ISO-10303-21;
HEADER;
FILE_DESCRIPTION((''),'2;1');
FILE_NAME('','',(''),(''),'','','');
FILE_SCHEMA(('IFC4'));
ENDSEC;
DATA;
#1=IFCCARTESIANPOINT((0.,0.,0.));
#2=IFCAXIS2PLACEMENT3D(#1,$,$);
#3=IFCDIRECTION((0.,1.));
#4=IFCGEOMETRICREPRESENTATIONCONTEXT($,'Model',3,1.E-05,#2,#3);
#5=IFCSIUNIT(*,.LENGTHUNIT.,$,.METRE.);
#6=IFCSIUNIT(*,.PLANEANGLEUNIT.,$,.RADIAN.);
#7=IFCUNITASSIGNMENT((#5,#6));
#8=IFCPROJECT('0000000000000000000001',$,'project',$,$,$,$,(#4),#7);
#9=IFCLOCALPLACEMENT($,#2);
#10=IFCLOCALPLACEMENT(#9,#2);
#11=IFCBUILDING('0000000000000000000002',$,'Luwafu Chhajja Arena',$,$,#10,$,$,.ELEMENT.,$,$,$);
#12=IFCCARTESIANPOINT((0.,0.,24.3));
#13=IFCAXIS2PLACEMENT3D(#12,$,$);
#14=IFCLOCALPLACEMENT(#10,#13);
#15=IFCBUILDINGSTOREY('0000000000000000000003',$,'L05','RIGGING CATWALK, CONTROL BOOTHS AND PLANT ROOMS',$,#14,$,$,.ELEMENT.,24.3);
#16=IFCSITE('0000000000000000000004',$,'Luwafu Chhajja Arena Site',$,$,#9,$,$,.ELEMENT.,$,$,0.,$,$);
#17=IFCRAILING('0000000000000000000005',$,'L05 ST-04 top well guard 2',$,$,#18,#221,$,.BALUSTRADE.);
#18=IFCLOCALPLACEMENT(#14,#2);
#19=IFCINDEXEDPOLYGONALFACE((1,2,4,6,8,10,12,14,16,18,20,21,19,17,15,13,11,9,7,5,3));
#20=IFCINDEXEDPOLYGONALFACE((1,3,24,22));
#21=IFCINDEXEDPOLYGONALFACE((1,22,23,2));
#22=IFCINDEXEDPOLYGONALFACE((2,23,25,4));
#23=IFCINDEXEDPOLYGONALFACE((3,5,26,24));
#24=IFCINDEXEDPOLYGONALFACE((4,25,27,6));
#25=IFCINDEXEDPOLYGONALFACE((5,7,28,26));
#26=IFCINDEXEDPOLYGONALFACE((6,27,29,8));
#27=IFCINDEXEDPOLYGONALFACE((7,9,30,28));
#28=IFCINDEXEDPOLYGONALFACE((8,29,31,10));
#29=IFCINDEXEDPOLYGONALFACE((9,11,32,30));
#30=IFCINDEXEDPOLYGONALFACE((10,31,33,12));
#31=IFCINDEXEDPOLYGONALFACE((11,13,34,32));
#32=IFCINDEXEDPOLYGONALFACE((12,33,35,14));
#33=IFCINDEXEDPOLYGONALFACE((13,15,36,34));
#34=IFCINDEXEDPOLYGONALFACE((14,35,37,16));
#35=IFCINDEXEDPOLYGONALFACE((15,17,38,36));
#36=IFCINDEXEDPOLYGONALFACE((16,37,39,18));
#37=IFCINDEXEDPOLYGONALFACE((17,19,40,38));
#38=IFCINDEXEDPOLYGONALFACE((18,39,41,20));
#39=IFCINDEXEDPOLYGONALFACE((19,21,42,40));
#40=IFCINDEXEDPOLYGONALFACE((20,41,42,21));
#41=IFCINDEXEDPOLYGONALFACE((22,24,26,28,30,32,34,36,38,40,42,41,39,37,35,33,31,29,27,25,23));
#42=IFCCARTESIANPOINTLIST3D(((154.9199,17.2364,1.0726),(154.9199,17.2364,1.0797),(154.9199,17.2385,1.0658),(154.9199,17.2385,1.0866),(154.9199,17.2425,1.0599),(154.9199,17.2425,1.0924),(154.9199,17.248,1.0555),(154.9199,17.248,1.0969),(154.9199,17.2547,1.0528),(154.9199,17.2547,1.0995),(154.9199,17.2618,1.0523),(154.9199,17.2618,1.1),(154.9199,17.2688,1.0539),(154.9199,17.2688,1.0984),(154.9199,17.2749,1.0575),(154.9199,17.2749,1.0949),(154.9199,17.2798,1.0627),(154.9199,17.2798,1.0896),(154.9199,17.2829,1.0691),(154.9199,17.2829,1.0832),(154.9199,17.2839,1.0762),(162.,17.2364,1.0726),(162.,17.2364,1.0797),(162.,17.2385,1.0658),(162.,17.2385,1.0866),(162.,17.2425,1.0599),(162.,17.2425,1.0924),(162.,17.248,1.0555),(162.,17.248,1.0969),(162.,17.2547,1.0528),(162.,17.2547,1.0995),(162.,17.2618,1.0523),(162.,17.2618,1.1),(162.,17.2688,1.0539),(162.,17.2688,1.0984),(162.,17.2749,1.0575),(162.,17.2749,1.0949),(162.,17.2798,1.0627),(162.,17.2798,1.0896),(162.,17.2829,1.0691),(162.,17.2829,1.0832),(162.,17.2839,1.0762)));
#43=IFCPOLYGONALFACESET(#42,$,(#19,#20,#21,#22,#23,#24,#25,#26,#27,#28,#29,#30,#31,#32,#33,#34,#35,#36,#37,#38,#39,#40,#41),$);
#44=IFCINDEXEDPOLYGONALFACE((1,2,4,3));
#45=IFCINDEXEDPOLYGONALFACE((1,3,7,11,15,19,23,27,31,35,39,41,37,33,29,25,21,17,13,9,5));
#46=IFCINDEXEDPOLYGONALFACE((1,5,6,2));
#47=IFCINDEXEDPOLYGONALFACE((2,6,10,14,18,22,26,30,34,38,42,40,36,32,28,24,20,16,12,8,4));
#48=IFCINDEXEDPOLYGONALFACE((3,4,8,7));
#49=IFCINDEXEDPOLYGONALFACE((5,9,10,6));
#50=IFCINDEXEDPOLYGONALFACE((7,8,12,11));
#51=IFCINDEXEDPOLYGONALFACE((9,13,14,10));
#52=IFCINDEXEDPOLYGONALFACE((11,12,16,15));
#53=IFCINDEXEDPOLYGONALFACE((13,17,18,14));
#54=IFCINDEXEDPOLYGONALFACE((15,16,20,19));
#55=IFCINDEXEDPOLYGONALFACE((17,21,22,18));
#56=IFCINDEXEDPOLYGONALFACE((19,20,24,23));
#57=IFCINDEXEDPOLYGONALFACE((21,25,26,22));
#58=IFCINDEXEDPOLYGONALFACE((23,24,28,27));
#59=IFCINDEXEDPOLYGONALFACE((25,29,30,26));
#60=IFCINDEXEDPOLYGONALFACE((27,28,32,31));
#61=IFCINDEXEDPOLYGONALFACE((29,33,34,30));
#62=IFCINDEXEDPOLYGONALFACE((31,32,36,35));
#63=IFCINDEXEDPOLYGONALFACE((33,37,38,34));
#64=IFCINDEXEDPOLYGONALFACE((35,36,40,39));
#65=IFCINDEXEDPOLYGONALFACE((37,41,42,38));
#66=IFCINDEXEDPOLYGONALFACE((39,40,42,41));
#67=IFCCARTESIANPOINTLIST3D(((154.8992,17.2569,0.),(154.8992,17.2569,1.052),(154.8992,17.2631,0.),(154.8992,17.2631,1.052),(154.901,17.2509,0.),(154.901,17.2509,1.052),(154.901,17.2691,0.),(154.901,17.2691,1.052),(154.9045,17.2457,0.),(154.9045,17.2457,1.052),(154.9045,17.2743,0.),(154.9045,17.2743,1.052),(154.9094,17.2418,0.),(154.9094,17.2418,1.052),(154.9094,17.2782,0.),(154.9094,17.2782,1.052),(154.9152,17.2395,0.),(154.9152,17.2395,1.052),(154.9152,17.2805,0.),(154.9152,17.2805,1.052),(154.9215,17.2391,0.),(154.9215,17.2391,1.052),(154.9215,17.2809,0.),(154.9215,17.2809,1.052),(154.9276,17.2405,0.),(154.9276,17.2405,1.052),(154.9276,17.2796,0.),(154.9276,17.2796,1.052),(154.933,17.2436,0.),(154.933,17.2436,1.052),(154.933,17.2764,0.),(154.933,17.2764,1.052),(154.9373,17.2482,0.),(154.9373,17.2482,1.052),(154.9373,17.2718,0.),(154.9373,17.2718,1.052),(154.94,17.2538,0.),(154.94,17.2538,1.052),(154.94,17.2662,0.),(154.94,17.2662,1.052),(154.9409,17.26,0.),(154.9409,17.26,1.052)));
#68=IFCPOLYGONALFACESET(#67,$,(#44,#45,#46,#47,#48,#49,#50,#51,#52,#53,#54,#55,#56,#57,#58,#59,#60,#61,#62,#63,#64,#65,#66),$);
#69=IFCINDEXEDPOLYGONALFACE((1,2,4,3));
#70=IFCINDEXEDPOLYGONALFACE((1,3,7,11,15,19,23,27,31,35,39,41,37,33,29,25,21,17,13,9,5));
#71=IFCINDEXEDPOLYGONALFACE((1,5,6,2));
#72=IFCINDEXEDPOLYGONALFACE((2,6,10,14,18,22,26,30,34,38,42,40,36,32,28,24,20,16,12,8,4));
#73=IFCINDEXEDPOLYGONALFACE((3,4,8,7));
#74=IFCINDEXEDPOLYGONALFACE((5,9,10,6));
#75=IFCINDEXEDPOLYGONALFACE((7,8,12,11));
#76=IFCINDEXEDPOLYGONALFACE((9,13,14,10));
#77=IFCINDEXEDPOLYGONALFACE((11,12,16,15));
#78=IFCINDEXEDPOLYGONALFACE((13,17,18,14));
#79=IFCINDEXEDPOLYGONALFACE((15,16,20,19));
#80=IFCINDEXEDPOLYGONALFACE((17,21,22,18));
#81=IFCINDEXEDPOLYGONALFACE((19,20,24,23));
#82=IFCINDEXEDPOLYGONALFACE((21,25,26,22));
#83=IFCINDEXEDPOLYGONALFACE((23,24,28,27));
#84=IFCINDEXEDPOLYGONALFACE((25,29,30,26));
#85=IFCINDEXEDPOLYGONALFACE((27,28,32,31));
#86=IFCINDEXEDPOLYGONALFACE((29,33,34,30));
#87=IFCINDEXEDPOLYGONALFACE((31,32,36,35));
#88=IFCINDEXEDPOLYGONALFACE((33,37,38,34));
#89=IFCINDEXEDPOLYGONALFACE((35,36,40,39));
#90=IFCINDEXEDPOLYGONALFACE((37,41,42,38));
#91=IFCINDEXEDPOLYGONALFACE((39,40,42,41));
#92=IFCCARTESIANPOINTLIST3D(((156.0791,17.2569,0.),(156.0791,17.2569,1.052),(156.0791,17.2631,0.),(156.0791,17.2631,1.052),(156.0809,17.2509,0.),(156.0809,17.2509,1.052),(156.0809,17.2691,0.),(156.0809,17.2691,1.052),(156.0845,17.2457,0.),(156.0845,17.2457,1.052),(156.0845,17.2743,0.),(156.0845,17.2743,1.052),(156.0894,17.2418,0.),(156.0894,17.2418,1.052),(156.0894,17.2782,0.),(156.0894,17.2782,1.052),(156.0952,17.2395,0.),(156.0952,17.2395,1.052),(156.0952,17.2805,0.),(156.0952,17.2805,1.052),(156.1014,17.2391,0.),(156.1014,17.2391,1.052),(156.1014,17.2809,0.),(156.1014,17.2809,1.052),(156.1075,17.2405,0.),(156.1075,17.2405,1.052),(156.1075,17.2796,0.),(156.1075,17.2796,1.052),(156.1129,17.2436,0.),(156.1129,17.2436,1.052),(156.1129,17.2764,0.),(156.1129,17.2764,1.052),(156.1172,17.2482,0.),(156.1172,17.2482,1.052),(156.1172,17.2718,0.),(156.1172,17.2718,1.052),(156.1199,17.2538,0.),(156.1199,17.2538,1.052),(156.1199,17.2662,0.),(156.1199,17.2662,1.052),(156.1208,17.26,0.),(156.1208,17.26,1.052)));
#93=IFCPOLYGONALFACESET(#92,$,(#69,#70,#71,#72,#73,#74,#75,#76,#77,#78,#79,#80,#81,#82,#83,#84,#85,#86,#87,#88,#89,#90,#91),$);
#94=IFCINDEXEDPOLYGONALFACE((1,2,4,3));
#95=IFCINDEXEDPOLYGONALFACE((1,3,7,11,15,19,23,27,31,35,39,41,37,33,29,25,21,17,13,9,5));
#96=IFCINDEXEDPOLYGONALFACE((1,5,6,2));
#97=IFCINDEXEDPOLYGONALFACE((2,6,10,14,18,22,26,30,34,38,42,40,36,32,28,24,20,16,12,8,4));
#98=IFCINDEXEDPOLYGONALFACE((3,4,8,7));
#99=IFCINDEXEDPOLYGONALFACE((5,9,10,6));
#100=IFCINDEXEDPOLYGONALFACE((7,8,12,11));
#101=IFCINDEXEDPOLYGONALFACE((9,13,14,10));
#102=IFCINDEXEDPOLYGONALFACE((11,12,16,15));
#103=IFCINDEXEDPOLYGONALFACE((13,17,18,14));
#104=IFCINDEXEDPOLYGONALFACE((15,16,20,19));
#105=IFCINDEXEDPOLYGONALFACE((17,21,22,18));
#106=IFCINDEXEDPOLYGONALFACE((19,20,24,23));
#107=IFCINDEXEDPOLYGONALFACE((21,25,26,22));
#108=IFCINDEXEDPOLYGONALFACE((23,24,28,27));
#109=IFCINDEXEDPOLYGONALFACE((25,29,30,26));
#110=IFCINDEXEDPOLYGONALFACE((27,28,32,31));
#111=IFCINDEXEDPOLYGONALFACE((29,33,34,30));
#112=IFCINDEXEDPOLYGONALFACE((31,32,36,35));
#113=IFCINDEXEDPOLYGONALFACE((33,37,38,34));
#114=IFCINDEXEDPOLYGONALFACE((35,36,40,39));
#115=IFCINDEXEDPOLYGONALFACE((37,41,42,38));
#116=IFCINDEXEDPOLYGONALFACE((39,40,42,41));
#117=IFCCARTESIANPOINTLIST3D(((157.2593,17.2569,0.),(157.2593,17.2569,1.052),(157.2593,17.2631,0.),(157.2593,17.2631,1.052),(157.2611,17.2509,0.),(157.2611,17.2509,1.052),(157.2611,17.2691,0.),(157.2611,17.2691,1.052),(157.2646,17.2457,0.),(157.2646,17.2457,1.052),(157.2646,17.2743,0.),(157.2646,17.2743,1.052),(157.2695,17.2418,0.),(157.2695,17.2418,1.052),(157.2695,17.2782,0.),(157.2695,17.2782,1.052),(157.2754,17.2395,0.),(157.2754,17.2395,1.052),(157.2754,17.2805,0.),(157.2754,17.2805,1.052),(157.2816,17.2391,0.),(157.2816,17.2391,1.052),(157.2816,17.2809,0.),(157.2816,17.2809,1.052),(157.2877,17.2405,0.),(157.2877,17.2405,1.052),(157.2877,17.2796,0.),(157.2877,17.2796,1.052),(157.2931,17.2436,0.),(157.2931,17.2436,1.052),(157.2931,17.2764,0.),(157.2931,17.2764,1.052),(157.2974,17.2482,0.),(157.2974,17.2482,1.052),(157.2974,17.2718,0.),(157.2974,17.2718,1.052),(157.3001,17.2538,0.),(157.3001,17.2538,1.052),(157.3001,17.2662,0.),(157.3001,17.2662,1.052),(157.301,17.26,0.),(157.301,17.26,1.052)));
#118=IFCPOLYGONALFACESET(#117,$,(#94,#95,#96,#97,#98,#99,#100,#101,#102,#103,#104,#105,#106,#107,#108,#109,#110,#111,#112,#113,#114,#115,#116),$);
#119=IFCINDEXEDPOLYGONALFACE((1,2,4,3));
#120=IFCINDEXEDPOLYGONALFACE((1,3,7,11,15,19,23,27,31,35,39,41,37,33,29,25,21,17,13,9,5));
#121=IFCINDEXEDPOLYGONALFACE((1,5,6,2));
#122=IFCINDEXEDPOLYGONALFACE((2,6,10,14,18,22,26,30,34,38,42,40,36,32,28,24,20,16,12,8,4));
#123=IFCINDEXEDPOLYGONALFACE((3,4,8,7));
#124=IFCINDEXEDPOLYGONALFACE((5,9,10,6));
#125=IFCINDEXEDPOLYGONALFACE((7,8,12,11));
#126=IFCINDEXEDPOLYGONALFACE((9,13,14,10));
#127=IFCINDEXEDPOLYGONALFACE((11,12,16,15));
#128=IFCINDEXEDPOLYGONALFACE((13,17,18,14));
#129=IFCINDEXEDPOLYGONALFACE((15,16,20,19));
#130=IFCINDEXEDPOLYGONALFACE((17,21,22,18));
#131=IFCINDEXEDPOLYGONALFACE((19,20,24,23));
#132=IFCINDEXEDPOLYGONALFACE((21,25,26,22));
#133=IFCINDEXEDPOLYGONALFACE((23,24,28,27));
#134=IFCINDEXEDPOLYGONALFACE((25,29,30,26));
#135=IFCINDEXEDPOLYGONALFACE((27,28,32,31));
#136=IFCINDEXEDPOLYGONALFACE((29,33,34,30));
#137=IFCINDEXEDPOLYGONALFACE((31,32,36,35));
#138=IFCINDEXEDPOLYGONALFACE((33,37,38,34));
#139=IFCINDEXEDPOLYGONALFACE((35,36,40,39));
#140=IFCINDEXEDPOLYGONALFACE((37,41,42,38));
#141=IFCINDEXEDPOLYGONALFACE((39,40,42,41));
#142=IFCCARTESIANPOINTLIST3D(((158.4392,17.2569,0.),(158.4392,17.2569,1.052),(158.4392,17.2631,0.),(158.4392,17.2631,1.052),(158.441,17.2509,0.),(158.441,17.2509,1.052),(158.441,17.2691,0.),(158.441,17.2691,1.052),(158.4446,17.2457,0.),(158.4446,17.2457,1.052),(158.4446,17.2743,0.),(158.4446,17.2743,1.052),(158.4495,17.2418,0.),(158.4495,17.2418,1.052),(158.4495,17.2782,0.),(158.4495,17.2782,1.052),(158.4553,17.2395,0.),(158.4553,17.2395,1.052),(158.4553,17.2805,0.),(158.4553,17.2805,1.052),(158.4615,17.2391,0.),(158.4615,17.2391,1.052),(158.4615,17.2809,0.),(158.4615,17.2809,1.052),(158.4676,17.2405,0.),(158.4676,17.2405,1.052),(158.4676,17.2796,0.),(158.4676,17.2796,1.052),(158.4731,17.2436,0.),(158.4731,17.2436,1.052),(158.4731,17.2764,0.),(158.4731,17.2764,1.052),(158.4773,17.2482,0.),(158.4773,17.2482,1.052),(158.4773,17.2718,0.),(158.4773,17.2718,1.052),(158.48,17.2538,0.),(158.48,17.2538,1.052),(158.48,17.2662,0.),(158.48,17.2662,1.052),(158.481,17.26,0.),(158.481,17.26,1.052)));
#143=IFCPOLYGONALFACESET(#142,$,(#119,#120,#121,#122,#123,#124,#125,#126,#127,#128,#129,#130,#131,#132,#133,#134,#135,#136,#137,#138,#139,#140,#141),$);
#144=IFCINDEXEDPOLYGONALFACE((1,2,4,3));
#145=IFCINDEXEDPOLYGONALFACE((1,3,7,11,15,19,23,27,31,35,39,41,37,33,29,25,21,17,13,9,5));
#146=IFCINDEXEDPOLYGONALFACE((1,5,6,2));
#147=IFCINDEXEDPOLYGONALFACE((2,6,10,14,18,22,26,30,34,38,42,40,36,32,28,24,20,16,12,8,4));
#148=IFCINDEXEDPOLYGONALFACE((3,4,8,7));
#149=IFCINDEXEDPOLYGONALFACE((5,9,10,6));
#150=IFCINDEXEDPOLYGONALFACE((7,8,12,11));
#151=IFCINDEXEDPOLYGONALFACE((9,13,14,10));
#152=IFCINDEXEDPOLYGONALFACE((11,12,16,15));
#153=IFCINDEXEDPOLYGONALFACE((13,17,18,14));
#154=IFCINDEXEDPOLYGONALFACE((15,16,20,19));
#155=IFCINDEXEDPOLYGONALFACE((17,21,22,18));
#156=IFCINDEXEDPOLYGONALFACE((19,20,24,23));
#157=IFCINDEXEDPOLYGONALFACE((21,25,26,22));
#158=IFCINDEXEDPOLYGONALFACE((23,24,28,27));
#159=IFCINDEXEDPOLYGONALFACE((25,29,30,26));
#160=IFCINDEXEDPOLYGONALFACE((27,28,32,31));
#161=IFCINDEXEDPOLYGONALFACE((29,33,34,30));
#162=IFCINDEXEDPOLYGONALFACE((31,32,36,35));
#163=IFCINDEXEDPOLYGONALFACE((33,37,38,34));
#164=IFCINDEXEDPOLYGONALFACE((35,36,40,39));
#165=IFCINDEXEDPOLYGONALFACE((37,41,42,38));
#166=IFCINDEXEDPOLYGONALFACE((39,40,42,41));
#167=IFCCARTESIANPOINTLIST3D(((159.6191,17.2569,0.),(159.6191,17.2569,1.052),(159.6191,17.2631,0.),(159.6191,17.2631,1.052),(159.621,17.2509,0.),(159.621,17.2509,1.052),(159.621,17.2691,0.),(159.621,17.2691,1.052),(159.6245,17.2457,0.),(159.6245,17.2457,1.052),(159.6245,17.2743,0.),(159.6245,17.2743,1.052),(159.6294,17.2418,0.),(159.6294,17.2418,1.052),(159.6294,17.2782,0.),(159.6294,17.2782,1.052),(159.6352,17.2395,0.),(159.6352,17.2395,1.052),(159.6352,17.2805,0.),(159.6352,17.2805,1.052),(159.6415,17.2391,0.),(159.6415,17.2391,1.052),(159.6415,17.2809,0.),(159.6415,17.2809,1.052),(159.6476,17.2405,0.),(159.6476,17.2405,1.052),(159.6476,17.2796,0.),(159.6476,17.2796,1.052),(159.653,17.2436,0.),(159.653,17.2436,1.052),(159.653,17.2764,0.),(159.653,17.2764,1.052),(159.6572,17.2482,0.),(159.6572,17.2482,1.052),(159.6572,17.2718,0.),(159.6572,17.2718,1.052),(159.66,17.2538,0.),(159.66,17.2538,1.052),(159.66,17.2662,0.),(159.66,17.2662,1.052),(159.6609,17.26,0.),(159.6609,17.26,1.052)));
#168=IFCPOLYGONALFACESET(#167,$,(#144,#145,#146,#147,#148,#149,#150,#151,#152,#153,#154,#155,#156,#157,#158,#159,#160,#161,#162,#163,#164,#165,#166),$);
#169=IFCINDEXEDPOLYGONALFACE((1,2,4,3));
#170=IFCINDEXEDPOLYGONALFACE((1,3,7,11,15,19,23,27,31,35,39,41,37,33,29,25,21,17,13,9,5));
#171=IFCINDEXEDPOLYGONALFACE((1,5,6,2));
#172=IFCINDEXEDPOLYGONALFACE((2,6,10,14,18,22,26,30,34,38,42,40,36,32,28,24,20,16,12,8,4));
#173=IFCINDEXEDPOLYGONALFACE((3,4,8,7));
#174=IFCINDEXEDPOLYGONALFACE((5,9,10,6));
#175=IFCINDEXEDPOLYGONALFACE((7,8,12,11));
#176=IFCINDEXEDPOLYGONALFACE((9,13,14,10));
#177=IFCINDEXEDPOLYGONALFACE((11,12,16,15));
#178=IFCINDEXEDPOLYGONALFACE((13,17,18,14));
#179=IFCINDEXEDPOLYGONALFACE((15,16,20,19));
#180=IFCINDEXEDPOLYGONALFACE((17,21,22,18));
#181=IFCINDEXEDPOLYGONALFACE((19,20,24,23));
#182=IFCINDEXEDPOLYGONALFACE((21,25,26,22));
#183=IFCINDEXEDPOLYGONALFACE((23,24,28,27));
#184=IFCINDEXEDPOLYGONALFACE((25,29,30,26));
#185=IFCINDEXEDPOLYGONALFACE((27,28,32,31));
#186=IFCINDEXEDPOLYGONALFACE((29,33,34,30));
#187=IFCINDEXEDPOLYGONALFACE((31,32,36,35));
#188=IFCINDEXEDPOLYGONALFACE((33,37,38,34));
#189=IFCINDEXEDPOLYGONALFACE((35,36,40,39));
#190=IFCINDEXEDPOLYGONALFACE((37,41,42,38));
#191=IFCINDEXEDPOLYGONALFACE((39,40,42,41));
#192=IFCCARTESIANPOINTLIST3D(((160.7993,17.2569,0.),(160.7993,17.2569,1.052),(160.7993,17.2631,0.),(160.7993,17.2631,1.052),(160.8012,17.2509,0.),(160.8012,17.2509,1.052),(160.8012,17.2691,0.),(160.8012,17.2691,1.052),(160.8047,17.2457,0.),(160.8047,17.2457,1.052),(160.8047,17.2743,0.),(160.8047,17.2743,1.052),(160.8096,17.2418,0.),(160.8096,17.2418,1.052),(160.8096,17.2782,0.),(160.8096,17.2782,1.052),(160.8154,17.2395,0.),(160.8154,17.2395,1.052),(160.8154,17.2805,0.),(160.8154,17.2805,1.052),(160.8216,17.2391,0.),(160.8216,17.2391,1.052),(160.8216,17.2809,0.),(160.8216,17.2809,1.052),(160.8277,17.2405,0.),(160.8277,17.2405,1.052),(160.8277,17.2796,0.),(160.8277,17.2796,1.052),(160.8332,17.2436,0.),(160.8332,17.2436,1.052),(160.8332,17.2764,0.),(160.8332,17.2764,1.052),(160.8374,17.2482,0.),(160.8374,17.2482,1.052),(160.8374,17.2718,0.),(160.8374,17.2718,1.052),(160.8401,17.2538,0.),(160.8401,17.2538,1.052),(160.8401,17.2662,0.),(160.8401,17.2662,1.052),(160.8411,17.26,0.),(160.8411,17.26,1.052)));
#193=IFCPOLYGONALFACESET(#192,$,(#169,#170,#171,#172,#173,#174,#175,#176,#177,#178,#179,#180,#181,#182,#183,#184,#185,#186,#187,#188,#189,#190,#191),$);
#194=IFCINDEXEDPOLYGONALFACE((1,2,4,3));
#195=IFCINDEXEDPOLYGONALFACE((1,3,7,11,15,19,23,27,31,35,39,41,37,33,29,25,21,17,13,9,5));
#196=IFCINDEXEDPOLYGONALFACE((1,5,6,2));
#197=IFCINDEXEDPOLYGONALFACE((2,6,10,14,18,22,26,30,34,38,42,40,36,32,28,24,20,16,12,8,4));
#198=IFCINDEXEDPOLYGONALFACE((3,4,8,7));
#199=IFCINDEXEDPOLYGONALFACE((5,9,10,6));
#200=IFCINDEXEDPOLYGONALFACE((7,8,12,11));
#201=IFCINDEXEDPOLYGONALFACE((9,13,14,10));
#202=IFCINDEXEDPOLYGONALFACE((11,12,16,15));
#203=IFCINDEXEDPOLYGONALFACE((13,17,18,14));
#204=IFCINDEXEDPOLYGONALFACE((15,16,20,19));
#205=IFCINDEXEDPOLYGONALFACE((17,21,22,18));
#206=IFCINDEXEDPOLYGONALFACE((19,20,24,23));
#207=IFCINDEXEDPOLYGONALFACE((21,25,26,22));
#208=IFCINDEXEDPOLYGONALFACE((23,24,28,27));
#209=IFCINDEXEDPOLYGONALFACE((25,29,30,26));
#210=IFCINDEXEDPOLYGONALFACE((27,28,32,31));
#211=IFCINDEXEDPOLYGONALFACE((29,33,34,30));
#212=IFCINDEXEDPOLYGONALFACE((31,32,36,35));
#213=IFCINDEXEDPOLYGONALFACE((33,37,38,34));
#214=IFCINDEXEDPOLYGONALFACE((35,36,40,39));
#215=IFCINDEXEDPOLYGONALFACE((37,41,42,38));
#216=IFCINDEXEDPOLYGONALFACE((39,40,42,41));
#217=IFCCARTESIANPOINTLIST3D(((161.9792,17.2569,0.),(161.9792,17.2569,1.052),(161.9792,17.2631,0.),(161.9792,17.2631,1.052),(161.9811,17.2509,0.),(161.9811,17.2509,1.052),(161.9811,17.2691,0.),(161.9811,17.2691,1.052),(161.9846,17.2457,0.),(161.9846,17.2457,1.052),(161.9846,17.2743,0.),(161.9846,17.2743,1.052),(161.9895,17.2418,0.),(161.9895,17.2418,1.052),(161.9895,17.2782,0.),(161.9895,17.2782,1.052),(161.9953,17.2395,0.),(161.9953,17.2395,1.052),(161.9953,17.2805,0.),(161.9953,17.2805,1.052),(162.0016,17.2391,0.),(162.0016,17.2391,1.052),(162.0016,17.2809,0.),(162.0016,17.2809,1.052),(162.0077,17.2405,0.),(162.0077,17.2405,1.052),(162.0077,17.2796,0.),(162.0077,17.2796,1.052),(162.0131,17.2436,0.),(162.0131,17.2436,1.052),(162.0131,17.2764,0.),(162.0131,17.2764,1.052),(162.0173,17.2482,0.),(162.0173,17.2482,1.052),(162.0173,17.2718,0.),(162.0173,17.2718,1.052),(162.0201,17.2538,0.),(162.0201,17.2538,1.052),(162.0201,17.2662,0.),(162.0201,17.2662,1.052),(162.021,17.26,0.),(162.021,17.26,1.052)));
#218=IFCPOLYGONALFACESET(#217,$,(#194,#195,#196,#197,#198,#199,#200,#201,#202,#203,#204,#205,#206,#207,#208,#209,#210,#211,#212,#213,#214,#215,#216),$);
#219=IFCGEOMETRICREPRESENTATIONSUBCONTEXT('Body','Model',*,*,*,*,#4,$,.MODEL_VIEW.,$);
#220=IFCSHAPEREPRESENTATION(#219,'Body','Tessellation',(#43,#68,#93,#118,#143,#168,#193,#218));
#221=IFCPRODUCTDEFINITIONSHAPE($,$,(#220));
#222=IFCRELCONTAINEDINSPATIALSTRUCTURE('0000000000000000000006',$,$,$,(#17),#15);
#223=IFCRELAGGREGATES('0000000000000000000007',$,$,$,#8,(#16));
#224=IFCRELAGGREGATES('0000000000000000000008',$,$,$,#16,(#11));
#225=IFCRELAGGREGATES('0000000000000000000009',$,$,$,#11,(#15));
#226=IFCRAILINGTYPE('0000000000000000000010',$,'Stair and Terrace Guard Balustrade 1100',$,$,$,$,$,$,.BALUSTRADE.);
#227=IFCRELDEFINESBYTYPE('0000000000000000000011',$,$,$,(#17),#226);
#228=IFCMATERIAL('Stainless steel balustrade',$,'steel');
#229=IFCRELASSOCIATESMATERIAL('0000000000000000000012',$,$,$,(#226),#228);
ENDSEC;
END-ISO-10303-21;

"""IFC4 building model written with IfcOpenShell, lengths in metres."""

from ifc_helpers import new_model, si_unit, direction, frame, origin, origin_2d, place, context, subcontext, project, spatial, circle, extrude, material, type_object, element, save


model = new_model("IFC4")

# Units and contexts
model_context = context("Model", 3, precision=1e-05, world=origin(), true_north=direction((0.0, 1.0)))
body_context = subcontext(model_context, "Body", "Model", "MODEL_VIEW")
ifc_project = project(units=[si_unit("LENGTHUNIT", "METRE"), si_unit("PLANEANGLEUNIT", "RADIAN")], contexts=[model_context])

# Site, building, storey
site_placement = place(None, origin())
site = spatial("IfcSite", under=ifc_project, at=site_placement, Name="Luwafu Chhajja Arena Site", CompositionType="ELEMENT", RefElevation=0.0)
building_placement = place(site_placement, origin())
building = spatial("IfcBuilding", under=site, at=building_placement, Name="Luwafu Chhajja Arena", CompositionType="ELEMENT")
storey_placement = place(building_placement, frame((0.0, 0.0, 24.3)))
storey = spatial("IfcBuildingStorey", under=building, at=storey_placement, Name="L05", Description="RIGGING CATWALK, CONTROL BOOTHS AND PLANT ROOMS", CompositionType="ELEMENT", Elevation=24.3)

# Railing
ifc_material_1 = material(Name="Stainless steel balustrade", Category="steel")
railing_type = type_object("IfcRailingType", Name="Stair and Terrace Guard Balustrade 1100", PredefinedType="BALUSTRADE", material=ifc_material_1)
railing_1_placement = place(storey_placement, frame((154.9199, 17.26, 0.0)))
element("IfcRailing", 1, at=railing_1_placement, inside=storey, type_object=railing_type, Name="L05 ST-04 top well guard 2", PredefinedType="BALUSTRADE", context=body_context, shape_type="SweptSolid", body=[
    extrude(circle(Radius=0.0239, at=origin_2d()), frame((0.0, 0.0, 1.0762), z_axis=(1.0, 0.0, 0.0), x_axis=(0.0, 1.0, 0.0)), (0.0, 0.0, 1.0), 7.0801),
    extrude(circle(Radius=0.021, at=origin_2d()), origin(), (0.0, 0.0, 1.0), 1.052),
    extrude(circle(Radius=0.021, at=origin_2d()), frame((1.1799, 0.0, 0.0)), (0.0, 0.0, 1.0), 1.052),
    extrude(circle(Radius=0.021, at=origin_2d()), frame((2.3601, 0.0, 0.0)), (0.0, 0.0, 1.0), 1.052),
    extrude(circle(Radius=0.021, at=origin_2d()), frame((3.54, 0.0, 0.0)), (0.0, 0.0, 1.0), 1.052),
    extrude(circle(Radius=0.021, at=origin_2d()), frame((4.72, 0.0, 0.0)), (0.0, 0.0, 1.0), 1.052),
    extrude(circle(Radius=0.021, at=origin_2d()), frame((5.9001, 0.0, 0.0)), (0.0, 0.0, 1.0), 1.052),
    extrude(circle(Radius=0.021, at=origin_2d()), frame((7.0801, 0.0, 0.0)), (0.0, 0.0, 1.0), 1.052),
])

save(model, "model.ifc")
